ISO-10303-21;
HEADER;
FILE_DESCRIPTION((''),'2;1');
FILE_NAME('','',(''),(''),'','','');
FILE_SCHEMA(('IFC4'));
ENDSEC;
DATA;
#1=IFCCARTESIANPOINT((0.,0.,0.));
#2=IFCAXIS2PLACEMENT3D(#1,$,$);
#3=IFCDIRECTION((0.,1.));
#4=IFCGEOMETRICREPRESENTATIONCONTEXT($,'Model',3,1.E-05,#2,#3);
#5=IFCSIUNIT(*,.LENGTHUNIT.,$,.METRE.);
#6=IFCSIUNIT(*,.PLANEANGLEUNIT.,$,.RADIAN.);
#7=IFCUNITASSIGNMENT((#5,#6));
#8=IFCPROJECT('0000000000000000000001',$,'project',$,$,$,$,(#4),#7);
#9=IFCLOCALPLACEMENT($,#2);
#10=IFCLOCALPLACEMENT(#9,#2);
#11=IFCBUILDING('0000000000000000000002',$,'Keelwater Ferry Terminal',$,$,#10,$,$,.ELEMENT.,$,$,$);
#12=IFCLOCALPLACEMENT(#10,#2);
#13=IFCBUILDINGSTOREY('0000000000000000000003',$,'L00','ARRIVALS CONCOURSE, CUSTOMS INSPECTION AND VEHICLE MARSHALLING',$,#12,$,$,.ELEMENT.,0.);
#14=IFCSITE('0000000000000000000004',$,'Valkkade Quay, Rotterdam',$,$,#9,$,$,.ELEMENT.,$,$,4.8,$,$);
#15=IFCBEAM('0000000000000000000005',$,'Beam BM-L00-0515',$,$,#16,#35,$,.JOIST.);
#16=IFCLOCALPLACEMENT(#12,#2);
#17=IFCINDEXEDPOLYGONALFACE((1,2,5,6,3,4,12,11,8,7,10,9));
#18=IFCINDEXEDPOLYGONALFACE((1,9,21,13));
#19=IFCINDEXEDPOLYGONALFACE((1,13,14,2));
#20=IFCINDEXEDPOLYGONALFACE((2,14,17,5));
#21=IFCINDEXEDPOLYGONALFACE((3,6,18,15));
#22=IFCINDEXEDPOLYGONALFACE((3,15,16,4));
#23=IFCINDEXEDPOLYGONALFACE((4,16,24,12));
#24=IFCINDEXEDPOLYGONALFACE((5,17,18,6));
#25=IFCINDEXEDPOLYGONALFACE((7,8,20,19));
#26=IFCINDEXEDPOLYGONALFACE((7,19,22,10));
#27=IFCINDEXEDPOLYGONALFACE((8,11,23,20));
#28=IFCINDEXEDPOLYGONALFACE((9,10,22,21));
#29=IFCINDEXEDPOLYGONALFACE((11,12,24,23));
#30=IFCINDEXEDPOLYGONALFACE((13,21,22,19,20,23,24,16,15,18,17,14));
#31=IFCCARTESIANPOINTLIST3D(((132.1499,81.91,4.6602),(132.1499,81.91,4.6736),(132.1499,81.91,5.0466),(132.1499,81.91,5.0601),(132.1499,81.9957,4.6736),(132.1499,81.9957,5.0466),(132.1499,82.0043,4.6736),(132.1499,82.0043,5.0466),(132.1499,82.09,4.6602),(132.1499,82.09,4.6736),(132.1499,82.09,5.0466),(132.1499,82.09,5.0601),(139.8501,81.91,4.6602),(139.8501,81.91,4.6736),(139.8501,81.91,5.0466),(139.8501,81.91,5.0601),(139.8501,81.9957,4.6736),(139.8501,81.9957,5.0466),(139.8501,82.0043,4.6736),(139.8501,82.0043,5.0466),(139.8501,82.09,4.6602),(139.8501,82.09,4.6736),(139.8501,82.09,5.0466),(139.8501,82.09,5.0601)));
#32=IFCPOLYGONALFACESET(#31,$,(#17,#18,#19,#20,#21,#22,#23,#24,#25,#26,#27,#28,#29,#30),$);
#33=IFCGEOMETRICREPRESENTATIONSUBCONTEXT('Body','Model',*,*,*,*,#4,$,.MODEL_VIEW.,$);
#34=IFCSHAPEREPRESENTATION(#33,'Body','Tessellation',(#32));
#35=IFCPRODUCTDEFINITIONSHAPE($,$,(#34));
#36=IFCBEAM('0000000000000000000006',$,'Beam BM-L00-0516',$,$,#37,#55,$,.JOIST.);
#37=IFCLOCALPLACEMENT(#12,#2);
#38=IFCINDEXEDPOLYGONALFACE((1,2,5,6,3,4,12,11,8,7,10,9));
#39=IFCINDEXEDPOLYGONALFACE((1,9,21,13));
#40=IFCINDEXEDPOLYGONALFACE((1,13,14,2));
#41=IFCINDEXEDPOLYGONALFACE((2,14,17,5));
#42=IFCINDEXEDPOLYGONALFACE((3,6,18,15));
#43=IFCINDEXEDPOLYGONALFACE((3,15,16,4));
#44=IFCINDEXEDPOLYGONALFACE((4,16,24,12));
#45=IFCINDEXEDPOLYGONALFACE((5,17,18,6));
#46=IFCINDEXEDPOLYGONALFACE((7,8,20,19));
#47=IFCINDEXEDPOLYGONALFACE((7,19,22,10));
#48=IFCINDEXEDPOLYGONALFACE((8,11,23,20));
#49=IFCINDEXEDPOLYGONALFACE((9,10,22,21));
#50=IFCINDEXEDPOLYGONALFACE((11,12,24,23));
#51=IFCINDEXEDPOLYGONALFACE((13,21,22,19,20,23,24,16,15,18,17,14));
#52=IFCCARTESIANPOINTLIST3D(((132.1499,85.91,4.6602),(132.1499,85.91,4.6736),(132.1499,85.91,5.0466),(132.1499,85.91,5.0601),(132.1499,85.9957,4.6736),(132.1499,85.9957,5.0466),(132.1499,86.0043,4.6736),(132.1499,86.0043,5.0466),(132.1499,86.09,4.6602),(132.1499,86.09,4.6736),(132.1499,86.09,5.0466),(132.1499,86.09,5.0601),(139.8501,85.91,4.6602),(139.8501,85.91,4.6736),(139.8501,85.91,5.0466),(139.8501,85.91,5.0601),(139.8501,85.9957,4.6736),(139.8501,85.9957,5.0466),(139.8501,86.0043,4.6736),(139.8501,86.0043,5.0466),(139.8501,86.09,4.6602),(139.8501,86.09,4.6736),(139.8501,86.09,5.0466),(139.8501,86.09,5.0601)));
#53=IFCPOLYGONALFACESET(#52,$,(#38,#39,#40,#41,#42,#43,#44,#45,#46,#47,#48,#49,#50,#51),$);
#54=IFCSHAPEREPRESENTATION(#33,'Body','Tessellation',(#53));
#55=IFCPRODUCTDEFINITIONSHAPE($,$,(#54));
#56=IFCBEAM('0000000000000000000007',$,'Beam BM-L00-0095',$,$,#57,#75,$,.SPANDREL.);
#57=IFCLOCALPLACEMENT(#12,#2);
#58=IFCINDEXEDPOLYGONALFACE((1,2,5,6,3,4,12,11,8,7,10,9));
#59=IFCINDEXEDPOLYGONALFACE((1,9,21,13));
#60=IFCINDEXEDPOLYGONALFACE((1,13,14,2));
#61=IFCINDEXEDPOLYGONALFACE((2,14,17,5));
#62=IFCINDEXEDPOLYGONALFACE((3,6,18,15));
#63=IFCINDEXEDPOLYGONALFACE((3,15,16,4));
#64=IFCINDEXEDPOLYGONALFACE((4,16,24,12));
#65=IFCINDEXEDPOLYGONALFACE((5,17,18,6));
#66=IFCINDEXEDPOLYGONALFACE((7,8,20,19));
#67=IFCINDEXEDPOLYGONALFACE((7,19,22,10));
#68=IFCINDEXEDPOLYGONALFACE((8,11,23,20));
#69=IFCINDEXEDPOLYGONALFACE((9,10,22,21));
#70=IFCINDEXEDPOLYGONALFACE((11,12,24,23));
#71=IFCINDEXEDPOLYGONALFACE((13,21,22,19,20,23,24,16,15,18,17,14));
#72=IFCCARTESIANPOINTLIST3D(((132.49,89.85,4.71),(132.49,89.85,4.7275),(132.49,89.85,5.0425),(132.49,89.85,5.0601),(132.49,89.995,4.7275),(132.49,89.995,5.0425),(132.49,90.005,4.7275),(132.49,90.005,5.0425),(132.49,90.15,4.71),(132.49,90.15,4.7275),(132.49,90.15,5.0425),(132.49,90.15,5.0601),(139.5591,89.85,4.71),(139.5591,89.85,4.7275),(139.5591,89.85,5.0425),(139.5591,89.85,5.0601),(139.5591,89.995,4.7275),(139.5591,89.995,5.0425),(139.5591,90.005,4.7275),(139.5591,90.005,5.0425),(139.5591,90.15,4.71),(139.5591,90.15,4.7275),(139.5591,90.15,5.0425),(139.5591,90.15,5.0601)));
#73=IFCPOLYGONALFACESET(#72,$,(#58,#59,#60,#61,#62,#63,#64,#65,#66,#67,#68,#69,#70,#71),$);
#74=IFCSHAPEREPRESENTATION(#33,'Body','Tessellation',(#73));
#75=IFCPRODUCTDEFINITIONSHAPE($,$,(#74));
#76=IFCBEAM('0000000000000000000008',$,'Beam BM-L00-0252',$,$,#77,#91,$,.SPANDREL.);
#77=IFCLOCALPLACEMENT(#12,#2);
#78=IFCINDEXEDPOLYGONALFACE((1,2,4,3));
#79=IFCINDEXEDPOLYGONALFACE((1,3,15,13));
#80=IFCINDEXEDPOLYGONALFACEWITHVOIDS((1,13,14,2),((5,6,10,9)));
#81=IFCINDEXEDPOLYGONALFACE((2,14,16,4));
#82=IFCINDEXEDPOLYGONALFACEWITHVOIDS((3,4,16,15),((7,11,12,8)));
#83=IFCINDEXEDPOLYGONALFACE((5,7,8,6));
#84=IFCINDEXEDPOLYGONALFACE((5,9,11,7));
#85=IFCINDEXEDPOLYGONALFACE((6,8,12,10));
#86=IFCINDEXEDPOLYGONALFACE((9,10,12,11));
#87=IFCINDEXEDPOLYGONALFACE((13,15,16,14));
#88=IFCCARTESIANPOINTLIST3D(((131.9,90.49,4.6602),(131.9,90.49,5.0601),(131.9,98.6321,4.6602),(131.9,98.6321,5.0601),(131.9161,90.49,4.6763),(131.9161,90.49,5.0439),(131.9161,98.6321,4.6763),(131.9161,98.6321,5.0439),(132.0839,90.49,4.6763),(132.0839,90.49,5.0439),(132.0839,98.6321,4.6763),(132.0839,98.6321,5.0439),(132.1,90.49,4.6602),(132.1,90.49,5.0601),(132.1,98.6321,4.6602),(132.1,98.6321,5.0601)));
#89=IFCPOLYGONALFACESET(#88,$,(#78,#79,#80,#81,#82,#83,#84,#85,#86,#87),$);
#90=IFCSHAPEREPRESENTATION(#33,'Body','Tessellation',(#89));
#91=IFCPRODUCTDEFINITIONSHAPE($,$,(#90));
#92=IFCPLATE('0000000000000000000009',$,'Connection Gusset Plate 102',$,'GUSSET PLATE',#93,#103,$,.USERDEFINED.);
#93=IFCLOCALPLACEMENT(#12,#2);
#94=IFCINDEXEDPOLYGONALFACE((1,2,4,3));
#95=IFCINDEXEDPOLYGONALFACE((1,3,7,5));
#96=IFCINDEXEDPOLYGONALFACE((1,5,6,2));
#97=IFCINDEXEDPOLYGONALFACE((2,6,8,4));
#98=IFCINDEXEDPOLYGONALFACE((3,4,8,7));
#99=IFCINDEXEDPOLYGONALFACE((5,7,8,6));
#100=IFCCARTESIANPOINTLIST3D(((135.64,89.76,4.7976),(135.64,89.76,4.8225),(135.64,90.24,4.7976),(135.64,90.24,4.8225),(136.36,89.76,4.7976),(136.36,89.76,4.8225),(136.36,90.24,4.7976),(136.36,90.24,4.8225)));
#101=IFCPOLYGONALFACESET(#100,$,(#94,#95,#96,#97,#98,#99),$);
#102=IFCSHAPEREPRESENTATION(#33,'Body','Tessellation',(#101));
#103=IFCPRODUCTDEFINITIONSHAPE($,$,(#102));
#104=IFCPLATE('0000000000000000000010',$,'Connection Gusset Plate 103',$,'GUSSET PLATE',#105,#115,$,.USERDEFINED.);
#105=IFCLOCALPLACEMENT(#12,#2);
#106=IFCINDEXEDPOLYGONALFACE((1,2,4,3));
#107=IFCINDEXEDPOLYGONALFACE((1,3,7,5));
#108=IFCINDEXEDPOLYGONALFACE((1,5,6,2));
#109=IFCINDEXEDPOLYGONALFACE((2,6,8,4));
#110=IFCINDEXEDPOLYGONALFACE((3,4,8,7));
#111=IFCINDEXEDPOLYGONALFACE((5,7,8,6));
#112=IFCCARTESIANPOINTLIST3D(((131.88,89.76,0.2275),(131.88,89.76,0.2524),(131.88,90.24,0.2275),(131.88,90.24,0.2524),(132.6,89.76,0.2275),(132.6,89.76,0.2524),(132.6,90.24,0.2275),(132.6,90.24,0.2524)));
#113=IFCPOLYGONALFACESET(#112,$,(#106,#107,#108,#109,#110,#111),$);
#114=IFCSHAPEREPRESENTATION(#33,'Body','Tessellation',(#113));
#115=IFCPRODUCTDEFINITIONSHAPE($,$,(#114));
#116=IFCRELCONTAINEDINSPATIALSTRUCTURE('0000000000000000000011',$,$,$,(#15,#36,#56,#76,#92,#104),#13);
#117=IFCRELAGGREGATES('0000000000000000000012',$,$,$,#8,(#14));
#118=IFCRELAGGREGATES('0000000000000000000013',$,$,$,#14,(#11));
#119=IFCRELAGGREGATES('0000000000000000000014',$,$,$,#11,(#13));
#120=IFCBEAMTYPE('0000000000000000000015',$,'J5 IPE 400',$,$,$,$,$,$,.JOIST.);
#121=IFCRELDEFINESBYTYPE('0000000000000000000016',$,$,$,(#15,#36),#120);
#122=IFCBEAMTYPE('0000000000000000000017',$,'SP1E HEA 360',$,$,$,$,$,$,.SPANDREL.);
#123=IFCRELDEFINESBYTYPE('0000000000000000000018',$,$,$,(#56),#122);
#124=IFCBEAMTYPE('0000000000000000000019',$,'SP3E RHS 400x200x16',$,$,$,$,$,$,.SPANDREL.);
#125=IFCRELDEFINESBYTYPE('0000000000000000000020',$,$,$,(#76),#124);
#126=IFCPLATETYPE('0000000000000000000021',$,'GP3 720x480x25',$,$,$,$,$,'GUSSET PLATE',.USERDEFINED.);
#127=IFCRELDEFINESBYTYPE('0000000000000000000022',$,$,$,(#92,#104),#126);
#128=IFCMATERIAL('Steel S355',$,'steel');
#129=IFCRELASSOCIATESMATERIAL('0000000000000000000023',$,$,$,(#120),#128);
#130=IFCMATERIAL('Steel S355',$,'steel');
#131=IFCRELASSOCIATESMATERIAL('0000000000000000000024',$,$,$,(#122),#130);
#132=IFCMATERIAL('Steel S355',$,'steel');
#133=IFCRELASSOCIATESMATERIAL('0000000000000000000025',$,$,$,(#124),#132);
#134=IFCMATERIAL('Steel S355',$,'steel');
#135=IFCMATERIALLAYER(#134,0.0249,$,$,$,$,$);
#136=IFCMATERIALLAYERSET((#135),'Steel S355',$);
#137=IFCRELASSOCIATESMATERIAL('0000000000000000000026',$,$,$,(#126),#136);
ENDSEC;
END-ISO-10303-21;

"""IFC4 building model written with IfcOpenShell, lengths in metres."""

from ifc_helpers import new_model, si_unit, direction, frame, origin, origin_2d, place, context, subcontext, project, spatial, rectangle, hollow_rectangle, i_section, extrude, material, layer, layer_set, material_profile, profile_set, type_object, element, save


model = new_model("IFC4")

# Units and contexts
model_context = context("Model", 3, precision=1e-05, world=origin(), true_north=direction((0.0, 1.0)))
body_context = subcontext(model_context, "Body", "Model", "MODEL_VIEW")
ifc_project = project(units=[si_unit("LENGTHUNIT", "METRE"), si_unit("PLANEANGLEUNIT", "RADIAN")], contexts=[model_context])

# Site, building, storey
site_placement = place(None, origin())
site = spatial("IfcSite", under=ifc_project, at=site_placement, Name="Valkkade Quay, Rotterdam", CompositionType="ELEMENT", RefElevation=4.8)
building_placement = place(site_placement, origin())
building = spatial("IfcBuilding", under=site, at=building_placement, Name="Keelwater Ferry Terminal", CompositionType="ELEMENT")
storey_placement = place(building_placement, origin())
storey = spatial("IfcBuildingStorey", under=building, at=storey_placement, Name="L00", Description="ARRIVALS CONCOURSE, CUSTOMS INSPECTION AND VEHICLE MARSHALLING", CompositionType="ELEMENT", Elevation=0.0)

# Beams
ifc_material_1 = material(Name="Steel S355", Category="steel")
ifc_material_profile_1 = material_profile(ifc_material_1, i_section(OverallWidth=0.1799, OverallDepth=0.3999, WebThickness=0.0085, FlangeThickness=0.0134, at=origin_2d()), Name="IPE 400")
ifc_profile_set_1 = profile_set([ifc_material_profile_1], Name="Steel S355")
beam_type_1 = type_object("IfcBeamType", Name="J5 IPE 400", PredefinedType="JOIST", material=ifc_profile_set_1)
for number, where, z_axis, x_axis, name in (
    (1, (132.1499, 82.0, 4.8601), (1.0, 0.0, 0.0), (0.0, 1.0, 0.0), "Beam BM-L00-0515"),
    (2, (132.1499, 86.0, 4.8601), (1.0, 0.0, 0.0), (0.0, 1.0, 0.0), "Beam BM-L00-0516"),
):
    element("IfcBeam", number, at=place(storey_placement, frame(where, z_axis=z_axis, x_axis=x_axis)), inside=storey, type_object=beam_type_1, Name=name, PredefinedType="JOIST", context=body_context, shape_type="SweptSolid", body=[
        extrude(i_section(OverallWidth=0.1799, OverallDepth=0.3999, WebThickness=0.0085, FlangeThickness=0.0134, at=origin_2d()), origin(), (0.0, 0.0, 1.0), 7.7002),
    ])
ifc_material_2 = material(Name="Steel S355", Category="steel")
ifc_material_profile_2 = material_profile(ifc_material_2, i_section(OverallWidth=0.3, OverallDepth=0.3501, WebThickness=0.01, FlangeThickness=0.0176, at=origin_2d()), Name="HEA 360")
ifc_profile_set_2 = profile_set([ifc_material_profile_2], Name="Steel S355")
beam_type_2 = type_object("IfcBeamType", Name="SP1E HEA 360", PredefinedType="SPANDREL", material=ifc_profile_set_2)
beam_1_placement = place(storey_placement, frame((132.49, 90.0, 4.885), z_axis=(1.0, 0.0, 0.0), x_axis=(0.0, 1.0, 0.0)))
element("IfcBeam", 3, at=beam_1_placement, inside=storey, type_object=beam_type_2, Name="Beam BM-L00-0095", PredefinedType="SPANDREL", context=body_context, shape_type="SweptSolid", body=[
    extrude(i_section(OverallWidth=0.3, OverallDepth=0.3501, WebThickness=0.01, FlangeThickness=0.0176, at=origin_2d()), origin(), (0.0, 0.0, 1.0), 7.0691),
])
ifc_material_3 = material(Name="Steel S355", Category="steel")
ifc_material_profile_3 = material_profile(ifc_material_3, hollow_rectangle(XDim=0.2, YDim=0.3999, WallThickness=0.0161, at=origin_2d()), Name="RHS 400x200x16")
ifc_profile_set_3 = profile_set([ifc_material_profile_3], Name="Steel S355")
beam_type_3 = type_object("IfcBeamType", Name="SP3E RHS 400x200x16", PredefinedType="SPANDREL", material=ifc_profile_set_3)
beam_2_placement = place(storey_placement, frame((132.0, 90.49, 4.8601), z_axis=(0.0, 1.0, 0.0), x_axis=(-1.0, 0.0, 0.0)))
element("IfcBeam", 4, at=beam_2_placement, inside=storey, type_object=beam_type_3, Name="Beam BM-L00-0252", PredefinedType="SPANDREL", context=body_context, shape_type="SweptSolid", body=[
    extrude(hollow_rectangle(XDim=0.2, YDim=0.3999, WallThickness=0.0161, at=origin_2d()), origin(), (0.0, 0.0, 1.0), 8.1421),
])

# Plates
ifc_material_4 = material(Name="Steel S355", Category="steel")
ifc_layer_1 = layer(ifc_material_4, 0.0249)
ifc_layer_set_1 = layer_set([ifc_layer_1], Name="Steel S355")
plate_type = type_object("IfcPlateType", Name="GP3 720x480x25", ElementType="GUSSET PLATE", PredefinedType="USERDEFINED", material=ifc_layer_set_1)
for number, where, z_axis, x_axis, name in (
    (5, (136.0, 90.0, 4.7976), (0.0, 0.0, 1.0), (1.0, 0.0, 0.0), "Connection Gusset Plate 102"),
    (6, (132.24, 90.0, 0.2275), (0.0, 0.0, 1.0), (1.0, 0.0, 0.0), "Connection Gusset Plate 103"),
):
    element("IfcPlate", number, at=place(storey_placement, frame(where, z_axis=z_axis, x_axis=x_axis)), inside=storey, type_object=plate_type, Name=name, ObjectType="GUSSET PLATE", PredefinedType="USERDEFINED", context=body_context, shape_type="SweptSolid", body=[
        extrude(rectangle(XDim=0.72, YDim=0.48, at=origin_2d()), origin(), (0.0, 0.0, 1.0), 0.0249),
    ])

save(model, "model.ifc")
